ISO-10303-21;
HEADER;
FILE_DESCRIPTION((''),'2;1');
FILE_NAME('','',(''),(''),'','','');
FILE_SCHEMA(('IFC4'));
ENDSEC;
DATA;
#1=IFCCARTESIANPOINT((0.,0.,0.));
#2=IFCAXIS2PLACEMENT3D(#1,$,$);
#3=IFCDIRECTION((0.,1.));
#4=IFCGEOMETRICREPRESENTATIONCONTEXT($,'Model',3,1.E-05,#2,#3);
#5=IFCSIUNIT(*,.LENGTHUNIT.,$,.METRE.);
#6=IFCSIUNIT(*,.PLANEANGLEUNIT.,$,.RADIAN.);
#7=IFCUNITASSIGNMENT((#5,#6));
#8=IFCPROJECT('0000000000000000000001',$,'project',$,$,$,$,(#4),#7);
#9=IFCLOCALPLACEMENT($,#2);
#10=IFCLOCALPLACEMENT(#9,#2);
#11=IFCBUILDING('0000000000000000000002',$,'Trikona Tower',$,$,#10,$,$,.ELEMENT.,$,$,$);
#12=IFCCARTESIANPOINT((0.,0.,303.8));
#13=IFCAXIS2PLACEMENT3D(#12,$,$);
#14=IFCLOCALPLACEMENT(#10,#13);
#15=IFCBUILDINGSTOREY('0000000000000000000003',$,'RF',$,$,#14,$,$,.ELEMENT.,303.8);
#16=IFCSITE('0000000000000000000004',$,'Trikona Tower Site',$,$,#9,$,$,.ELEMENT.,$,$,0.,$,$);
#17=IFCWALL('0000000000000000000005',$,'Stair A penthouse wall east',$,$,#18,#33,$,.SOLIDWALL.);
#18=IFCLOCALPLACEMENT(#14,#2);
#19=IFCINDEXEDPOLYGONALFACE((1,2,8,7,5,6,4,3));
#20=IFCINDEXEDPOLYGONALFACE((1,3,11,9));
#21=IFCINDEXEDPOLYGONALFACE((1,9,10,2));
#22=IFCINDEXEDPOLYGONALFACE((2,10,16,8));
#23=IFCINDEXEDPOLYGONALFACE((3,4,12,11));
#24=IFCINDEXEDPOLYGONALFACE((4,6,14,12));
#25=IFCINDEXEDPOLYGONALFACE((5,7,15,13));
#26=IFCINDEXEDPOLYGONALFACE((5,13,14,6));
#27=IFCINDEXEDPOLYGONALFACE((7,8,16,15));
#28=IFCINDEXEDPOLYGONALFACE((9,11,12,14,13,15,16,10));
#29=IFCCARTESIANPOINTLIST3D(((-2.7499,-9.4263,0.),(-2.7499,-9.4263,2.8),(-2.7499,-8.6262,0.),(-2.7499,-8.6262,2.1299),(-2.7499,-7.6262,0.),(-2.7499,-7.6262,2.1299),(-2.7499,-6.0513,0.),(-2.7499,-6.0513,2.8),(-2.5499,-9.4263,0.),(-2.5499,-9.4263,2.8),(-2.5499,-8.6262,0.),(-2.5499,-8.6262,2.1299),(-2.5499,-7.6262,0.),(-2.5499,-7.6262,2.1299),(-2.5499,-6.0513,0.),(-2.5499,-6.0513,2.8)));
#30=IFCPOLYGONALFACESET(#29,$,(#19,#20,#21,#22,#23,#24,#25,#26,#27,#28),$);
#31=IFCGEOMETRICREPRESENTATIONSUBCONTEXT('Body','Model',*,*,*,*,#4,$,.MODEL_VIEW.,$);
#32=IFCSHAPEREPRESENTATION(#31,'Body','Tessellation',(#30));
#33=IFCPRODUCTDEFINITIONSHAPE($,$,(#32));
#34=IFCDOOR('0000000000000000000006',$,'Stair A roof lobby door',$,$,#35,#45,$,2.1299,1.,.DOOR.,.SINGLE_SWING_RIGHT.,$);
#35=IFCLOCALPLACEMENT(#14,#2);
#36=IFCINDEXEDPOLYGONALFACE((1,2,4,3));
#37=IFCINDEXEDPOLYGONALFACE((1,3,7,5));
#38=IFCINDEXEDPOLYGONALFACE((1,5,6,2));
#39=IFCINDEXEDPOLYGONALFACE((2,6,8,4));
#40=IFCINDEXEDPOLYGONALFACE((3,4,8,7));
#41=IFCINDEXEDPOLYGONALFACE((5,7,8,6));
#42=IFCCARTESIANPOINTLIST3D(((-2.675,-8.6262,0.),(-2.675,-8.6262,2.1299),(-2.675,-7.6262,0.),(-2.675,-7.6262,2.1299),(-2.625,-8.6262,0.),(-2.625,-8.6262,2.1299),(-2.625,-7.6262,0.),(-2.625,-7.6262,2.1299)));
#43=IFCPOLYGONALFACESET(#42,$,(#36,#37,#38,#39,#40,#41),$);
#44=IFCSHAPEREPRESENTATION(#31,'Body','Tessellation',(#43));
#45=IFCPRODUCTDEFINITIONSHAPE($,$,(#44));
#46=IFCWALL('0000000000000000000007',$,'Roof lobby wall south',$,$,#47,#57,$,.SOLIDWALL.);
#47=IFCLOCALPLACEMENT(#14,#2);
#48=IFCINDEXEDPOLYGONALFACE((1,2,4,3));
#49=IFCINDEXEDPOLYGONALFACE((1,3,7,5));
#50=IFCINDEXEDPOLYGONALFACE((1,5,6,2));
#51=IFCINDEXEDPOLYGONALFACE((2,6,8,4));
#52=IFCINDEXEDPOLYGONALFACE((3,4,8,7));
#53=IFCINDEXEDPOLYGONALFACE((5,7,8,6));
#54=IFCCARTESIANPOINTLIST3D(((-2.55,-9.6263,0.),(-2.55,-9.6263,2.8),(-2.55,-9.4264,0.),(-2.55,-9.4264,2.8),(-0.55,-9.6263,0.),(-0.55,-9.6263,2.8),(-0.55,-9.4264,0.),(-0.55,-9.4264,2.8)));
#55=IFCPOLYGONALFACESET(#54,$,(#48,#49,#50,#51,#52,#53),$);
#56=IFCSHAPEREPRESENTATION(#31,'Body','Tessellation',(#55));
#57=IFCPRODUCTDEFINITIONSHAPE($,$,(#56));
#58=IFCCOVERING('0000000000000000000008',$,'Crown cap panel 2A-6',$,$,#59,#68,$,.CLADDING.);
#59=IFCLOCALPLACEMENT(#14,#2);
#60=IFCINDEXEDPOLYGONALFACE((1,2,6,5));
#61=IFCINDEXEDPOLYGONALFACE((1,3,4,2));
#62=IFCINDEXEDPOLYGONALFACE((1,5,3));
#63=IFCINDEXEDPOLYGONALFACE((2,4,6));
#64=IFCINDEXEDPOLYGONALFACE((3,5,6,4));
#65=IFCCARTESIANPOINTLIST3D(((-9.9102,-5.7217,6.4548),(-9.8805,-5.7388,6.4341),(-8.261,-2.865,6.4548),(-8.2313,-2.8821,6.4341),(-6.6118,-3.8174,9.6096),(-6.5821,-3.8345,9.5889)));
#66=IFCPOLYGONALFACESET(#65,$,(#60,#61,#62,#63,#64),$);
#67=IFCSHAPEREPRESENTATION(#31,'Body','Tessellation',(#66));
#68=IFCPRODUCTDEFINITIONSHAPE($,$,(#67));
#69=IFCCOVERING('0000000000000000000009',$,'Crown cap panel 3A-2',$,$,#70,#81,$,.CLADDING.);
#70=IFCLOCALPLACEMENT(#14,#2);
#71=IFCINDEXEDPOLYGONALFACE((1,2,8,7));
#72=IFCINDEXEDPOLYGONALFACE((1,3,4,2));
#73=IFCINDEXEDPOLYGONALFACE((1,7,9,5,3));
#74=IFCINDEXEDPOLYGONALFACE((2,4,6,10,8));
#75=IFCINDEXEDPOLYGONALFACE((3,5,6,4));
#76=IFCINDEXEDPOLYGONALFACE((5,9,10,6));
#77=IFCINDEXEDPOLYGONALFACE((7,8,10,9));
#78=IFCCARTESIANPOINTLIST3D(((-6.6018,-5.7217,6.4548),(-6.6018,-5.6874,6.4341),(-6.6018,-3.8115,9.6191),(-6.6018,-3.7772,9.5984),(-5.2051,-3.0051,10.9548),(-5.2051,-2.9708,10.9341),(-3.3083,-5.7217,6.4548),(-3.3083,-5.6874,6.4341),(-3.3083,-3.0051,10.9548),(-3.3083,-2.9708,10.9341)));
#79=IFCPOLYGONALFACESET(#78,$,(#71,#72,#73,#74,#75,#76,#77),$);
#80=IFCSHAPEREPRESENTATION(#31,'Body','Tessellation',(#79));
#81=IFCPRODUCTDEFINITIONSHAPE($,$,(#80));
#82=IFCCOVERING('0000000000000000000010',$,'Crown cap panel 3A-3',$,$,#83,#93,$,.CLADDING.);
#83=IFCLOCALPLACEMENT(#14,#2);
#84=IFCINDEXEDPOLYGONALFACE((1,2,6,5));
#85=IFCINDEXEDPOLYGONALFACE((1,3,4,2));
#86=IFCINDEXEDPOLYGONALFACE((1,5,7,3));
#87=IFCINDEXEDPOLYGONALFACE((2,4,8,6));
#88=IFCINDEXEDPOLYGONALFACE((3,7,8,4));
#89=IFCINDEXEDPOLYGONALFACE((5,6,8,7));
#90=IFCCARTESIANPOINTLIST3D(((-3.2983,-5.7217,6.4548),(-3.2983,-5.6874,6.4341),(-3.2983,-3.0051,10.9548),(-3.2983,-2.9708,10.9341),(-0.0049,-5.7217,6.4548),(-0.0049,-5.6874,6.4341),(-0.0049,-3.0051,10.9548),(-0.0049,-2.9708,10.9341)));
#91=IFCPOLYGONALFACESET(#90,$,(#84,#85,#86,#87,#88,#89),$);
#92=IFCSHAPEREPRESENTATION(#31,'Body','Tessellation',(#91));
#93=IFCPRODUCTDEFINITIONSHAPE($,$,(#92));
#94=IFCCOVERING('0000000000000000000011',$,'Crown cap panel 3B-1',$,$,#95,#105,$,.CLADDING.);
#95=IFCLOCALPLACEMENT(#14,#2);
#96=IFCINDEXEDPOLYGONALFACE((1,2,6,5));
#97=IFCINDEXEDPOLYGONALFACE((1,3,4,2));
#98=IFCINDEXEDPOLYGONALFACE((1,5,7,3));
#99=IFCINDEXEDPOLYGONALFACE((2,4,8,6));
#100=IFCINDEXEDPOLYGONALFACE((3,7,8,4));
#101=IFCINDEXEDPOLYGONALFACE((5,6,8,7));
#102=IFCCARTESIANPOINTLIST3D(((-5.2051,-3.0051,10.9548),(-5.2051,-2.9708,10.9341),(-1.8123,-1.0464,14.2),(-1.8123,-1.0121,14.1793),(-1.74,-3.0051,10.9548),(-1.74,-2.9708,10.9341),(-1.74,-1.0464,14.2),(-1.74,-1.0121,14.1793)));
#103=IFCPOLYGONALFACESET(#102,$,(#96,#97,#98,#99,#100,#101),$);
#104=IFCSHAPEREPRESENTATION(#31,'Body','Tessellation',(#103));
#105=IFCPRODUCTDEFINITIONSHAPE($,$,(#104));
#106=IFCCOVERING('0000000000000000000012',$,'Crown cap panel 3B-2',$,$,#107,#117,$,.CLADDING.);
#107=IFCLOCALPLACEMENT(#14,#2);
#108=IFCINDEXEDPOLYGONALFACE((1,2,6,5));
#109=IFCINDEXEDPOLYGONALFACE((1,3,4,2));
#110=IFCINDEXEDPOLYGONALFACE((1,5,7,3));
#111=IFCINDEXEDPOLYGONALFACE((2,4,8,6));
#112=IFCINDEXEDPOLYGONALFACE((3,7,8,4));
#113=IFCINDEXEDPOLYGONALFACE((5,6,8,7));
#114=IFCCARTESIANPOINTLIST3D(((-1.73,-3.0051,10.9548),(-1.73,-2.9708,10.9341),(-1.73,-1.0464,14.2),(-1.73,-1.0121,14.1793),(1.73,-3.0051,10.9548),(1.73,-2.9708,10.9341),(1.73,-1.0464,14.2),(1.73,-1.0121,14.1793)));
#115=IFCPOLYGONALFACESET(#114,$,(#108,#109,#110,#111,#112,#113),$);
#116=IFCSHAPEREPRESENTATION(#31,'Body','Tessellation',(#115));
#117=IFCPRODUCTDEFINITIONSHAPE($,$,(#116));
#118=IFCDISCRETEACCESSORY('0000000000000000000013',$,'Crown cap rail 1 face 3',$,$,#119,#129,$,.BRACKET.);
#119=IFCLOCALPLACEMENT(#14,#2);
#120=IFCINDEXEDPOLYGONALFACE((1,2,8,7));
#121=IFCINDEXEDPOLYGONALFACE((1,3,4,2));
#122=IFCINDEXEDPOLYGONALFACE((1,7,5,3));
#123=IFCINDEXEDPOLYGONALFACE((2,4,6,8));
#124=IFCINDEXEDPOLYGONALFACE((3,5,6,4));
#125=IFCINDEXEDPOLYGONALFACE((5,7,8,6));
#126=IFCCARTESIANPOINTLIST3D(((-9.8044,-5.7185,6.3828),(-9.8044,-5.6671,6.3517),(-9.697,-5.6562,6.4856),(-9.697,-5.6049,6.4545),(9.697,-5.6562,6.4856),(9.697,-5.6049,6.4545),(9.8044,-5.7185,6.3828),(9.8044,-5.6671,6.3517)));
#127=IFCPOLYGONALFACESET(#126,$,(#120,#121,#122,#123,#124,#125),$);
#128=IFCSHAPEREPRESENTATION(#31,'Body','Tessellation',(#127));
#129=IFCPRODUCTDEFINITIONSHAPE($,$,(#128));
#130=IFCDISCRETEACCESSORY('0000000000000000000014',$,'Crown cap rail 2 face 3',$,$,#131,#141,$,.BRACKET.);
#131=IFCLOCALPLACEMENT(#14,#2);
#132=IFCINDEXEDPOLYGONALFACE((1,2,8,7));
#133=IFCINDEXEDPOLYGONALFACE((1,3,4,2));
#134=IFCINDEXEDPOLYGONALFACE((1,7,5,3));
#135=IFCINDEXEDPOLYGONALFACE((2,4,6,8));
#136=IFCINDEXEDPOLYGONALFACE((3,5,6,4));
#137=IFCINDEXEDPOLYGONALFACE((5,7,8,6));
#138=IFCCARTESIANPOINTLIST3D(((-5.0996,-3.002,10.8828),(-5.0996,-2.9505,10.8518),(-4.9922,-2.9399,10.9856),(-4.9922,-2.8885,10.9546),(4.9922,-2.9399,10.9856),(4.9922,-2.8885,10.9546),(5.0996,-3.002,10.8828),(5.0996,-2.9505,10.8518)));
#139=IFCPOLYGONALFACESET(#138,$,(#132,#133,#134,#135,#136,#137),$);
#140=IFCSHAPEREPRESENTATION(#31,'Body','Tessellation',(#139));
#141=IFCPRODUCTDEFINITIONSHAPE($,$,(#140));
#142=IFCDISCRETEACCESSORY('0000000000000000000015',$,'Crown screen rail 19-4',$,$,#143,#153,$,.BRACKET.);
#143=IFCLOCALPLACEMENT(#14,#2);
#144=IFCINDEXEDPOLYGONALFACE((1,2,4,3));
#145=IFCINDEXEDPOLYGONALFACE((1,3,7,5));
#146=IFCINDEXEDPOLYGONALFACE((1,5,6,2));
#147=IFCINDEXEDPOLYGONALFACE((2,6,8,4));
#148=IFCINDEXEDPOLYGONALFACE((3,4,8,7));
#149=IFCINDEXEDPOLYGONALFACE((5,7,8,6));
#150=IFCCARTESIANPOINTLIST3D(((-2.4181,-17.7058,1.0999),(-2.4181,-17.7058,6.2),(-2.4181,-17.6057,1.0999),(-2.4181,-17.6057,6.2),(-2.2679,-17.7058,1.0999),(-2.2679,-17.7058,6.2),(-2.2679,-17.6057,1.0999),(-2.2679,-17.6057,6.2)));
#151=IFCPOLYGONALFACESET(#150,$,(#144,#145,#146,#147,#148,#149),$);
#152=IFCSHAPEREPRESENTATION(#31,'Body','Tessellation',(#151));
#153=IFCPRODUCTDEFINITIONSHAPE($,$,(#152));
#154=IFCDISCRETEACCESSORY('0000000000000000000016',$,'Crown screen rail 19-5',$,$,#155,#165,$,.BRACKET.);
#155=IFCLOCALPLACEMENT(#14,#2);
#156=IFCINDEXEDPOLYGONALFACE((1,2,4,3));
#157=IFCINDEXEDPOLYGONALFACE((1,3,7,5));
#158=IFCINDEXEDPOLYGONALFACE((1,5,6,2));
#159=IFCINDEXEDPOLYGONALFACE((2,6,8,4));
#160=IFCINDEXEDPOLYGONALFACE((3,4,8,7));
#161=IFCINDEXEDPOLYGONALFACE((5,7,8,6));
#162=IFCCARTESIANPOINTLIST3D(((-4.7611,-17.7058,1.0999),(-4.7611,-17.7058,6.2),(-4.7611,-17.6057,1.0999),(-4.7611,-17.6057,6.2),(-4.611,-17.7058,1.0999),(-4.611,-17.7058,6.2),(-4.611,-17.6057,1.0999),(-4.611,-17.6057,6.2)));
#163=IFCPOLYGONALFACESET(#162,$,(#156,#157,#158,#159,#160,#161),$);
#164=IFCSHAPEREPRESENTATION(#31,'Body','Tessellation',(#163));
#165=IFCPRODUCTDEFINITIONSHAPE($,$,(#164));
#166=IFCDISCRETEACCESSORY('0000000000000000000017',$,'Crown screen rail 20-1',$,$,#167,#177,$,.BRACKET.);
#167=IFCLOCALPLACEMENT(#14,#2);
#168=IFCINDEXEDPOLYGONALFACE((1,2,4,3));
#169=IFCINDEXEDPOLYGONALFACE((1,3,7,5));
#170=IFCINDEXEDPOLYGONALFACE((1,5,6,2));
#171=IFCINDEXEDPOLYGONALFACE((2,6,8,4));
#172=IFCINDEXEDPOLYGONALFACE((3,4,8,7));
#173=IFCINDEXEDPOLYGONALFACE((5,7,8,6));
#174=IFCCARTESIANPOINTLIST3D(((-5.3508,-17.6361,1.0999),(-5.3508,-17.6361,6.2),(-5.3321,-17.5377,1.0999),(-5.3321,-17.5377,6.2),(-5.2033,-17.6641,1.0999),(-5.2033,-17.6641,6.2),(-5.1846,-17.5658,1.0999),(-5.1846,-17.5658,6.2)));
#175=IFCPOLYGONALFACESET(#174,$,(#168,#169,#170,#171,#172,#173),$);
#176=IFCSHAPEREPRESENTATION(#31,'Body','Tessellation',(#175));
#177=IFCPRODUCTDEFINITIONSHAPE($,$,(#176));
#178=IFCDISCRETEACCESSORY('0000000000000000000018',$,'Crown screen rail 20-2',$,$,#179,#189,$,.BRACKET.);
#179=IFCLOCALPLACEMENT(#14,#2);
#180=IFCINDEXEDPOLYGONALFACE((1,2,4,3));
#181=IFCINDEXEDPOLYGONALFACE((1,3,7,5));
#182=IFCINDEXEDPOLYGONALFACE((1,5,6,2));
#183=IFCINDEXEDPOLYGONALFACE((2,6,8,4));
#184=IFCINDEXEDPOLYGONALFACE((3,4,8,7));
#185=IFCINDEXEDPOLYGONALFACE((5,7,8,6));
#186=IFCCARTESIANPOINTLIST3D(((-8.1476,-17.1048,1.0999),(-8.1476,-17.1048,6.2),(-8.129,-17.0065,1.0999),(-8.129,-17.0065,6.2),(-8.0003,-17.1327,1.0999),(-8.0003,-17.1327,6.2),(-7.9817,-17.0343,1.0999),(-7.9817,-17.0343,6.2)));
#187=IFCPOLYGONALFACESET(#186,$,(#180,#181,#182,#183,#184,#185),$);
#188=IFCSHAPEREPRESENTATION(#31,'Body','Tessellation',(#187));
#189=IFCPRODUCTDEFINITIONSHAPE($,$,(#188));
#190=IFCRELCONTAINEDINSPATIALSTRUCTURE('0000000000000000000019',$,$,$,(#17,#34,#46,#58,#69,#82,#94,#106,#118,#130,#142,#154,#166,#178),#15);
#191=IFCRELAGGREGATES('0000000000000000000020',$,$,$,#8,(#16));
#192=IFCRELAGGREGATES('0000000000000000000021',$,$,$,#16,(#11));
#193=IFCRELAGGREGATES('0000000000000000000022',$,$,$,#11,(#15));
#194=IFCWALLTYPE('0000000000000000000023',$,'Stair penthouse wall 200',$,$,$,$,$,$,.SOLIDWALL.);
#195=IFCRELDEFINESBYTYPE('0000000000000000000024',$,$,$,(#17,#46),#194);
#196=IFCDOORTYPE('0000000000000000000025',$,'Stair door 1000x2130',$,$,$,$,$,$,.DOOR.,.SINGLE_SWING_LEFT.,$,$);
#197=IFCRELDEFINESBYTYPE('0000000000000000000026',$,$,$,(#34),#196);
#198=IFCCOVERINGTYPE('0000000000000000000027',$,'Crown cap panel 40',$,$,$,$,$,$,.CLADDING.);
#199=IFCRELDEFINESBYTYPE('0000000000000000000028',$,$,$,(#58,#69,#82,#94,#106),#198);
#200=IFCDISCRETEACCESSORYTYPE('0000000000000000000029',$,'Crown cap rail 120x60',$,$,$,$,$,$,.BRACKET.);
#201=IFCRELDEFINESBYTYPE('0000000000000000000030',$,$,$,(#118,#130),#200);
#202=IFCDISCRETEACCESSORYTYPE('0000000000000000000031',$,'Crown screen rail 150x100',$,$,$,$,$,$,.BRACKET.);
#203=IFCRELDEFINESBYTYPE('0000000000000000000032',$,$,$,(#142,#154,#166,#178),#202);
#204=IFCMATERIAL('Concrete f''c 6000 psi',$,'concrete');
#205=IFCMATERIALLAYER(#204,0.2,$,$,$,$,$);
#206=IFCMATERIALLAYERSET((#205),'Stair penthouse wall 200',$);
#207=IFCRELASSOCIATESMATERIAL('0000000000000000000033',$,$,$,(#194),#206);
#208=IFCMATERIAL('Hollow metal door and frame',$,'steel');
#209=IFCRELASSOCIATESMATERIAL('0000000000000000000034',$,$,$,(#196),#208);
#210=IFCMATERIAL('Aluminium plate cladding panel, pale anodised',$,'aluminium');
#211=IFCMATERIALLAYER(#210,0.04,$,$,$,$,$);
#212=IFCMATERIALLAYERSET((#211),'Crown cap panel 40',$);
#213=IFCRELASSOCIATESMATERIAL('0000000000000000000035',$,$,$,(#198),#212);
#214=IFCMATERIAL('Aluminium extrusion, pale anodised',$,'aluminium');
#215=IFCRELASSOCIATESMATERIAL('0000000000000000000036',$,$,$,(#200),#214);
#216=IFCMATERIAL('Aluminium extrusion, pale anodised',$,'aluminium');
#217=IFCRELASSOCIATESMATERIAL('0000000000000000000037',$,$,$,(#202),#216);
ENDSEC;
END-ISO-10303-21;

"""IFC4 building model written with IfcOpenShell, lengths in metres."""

from ifc_helpers import new_model, si_unit, direction, frame, frame_2d, origin, place, context, subcontext, project, spatial, polyline, rectangle, outline, extrude, material, layer, layer_set, type_object, element, fill, save


model = new_model("IFC4")

# Units and contexts
model_context = context("Model", 3, precision=1e-05, world=origin(), true_north=direction((0.0, 1.0)))
body_context = subcontext(model_context, "Body", "Model", "MODEL_VIEW")
ifc_project = project(units=[si_unit("LENGTHUNIT", "METRE"), si_unit("PLANEANGLEUNIT", "RADIAN")], contexts=[model_context])

# Site, building, storey
site_placement = place(None, origin())
site = spatial("IfcSite", under=ifc_project, at=site_placement, Name="Trikona Tower Site", CompositionType="ELEMENT", RefElevation=0.0)
building_placement = place(site_placement, origin())
building = spatial("IfcBuilding", under=site, at=building_placement, Name="Trikona Tower", CompositionType="ELEMENT")
storey_placement = place(building_placement, frame((0.0, 0.0, 303.8)))
storey = spatial("IfcBuildingStorey", under=building, at=storey_placement, Name="RF", CompositionType="ELEMENT", Elevation=303.8)

# Shared definitions
ifc_material_1 = material(Name="Concrete f'c 6000 psi", Category="concrete")
ifc_layer_1 = layer(ifc_material_1, 0.2)
ifc_layer_set_1 = layer_set([ifc_layer_1], Name="Stair penthouse wall 200")
wall_type_1 = type_object("IfcWallType", Name="Stair penthouse wall 200", PredefinedType="SOLIDWALL", material=ifc_layer_set_1)

# Wall, opening, door
wall_1_placement = place(storey_placement, frame((-2.6499, -6.0513, 0.0), z_axis=(0.0, 0.0, 1.0), x_axis=(0.0, -1.0, 0.0)))
wall_1 = element("IfcWall", 1, at=wall_1_placement, inside=storey, type_object=wall_type_1, Name="Stair A penthouse wall east", PredefinedType="SOLIDWALL", context=body_context, shape_type="SweptSolid", body=[
    extrude(rectangle(XDim=3.375, YDim=0.2, at=frame_2d((1.6875, 0.0))), origin(), (0.0, 0.0, 1.0), 2.8),
])
opening_1_placement = place(wall_1_placement, frame((1.575, 0.0, 0.0)))
opening_1 = element("IfcOpeningElement", 2, at=opening_1_placement, cuts=wall_1, PredefinedType="OPENING", context=body_context, shape_type="SweptSolid", body=[
    extrude(rectangle(XDim=1.0, YDim=2.1299, at=frame_2d((0.5, 1.0649))), frame((0.0, 0.1099, 0.0), z_axis=(0.0, -1.0, 0.0), x_axis=(1.0, 0.0, 0.0)), (0.0, 0.0, 1.0), 0.22),
])
ifc_material_2 = material(Name="Hollow metal door and frame", Category="steel")
door_type_1 = type_object("IfcDoorType", Name="Stair door 1000x2130", OperationType="SINGLE_SWING_LEFT", PredefinedType="DOOR", material=ifc_material_2)
door_1_placement = place(opening_1_placement, origin())
door_1 = element("IfcDoor", 3, at=door_1_placement, inside=storey, type_object=door_type_1, Name="Stair A roof lobby door", OperationType="SINGLE_SWING_RIGHT", OverallHeight=2.1299, OverallWidth=1.0, PredefinedType="DOOR", context=body_context, shape_type="SweptSolid", body=[
    extrude(rectangle(XDim=1.0, YDim=2.1299, at=frame_2d((0.5, 1.0649))), frame((0.0, 0.0249, 0.0), z_axis=(0.0, -1.0, 0.0), x_axis=(1.0, 0.0, 0.0)), (0.0, 0.0, 1.0), 0.05),
])
fill(opening_1, door_1)

# Wall
wall_2_placement = place(storey_placement, frame((-2.55, -9.5264, 0.0), z_axis=(0.0, 0.0, 1.0), x_axis=(1.0, 0.0, 0.0)))
element("IfcWall", 4, at=wall_2_placement, inside=storey, type_object=wall_type_1, Name="Roof lobby wall south", PredefinedType="SOLIDWALL", context=body_context, shape_type="SweptSolid", body=[
    extrude(rectangle(XDim=2.0, YDim=0.2, at=frame_2d((1.0, 0.0))), origin(), (0.0, 0.0, 1.0), 2.8),
])

# Coverings
ifc_material_3 = material(Name="Aluminium plate cladding panel, pale anodised", Category="aluminium")
ifc_layer_2 = layer(ifc_material_3, 0.04)
ifc_layer_set_2 = layer_set([ifc_layer_2], Name="Crown cap panel 40")
covering_type = type_object("IfcCoveringType", Name="Crown cap panel 40", PredefinedType="CLADDING", material=ifc_layer_set_2)
covering_1_placement = place(storey_placement, frame((-8.261, -2.865, 6.4548), z_axis=(-0.741426, 0.428026, 0.516798), x_axis=(-0.499968, -0.866044, 0.0)))
element("IfcCovering", 5, at=covering_1_placement, inside=storey, type_object=covering_type, Name="Crown cap panel 2A-6", PredefinedType="CLADDING", context=body_context, shape_type="SweptSolid", body=[
    extrude(outline(polyline([(0.0, 0.0), (3.2986, 0.0), (0.0003, 3.685), (0.0, 0.0)])), origin(), (0.0, 0.0, -1.0), 0.04),
])
covering_2_placement = place(storey_placement, frame((-6.6018, -5.7217, 6.4548), z_axis=(0.000009, -0.856102, 0.516807), x_axis=(1.0, 0.000008, -0.000005)))
element("IfcCovering", 6, at=covering_2_placement, inside=storey, type_object=covering_type, Name="Crown cap panel 3A-2", PredefinedType="CLADDING", context=body_context, shape_type="SweptSolid", body=[
    extrude(outline(polyline([(0.0, 0.0), (3.2935, 0.0), (3.2935, 5.2564), (1.3967, 5.2564), (0.0, 3.6962), (0.0, 0.0)])), origin(), (0.0, 0.0, -1.0), 0.04),
])
covering_3_placement = place(storey_placement, frame((-3.2983, -5.7217, 6.4548), z_axis=(0.0, -0.856101, 0.516809), x_axis=(1.0, 0.0, 0.0)))
element("IfcCovering", 7, at=covering_3_placement, inside=storey, type_object=covering_type, Name="Crown cap panel 3A-3", PredefinedType="CLADDING", context=body_context, shape_type="SweptSolid", body=[
    extrude(outline(polyline([(0.0, 0.0), (3.2935, 0.0), (3.2935, 5.2564), (0.0, 5.2564), (0.0, 0.0)])), origin(), (0.0, 0.0, -1.0), 0.04),
])
covering_4_placement = place(storey_placement, frame((-5.2051, -3.0051, 10.9548), z_axis=(0.0, -0.856132, 0.516758), x_axis=(1.0, 0.0, 0.0)))
element("IfcCovering", 8, at=covering_4_placement, inside=storey, type_object=covering_type, Name="Crown cap panel 3B-1", PredefinedType="CLADDING", context=body_context, shape_type="SweptSolid", body=[
    extrude(outline(polyline([(0.0, 0.0), (3.4651, 0.0), (3.4651, 3.7904), (3.3928, 3.7904), (0.0, 0.0)])), origin(), (0.0, 0.0, -1.0), 0.04),
])
covering_5_placement = place(storey_placement, frame((-1.73, -3.0051, 10.9548), z_axis=(0.0, -0.856132, 0.516758), x_axis=(1.0, 0.0, 0.0)))
element("IfcCovering", 9, at=covering_5_placement, inside=storey, type_object=covering_type, Name="Crown cap panel 3B-2", PredefinedType="CLADDING", context=body_context, shape_type="SweptSolid", body=[
    extrude(outline(polyline([(0.0, 0.0), (3.46, 0.0), (3.46, 3.7904), (0.0, 3.7904), (0.0, 0.0)])), origin(), (0.0, 0.0, -1.0), 0.04),
])

# Discrete accessories
ifc_material_4 = material(Name="Aluminium extrusion, pale anodised", Category="aluminium")
discrete_accessory_type_1 = type_object("IfcDiscreteAccessoryType", Name="Crown cap rail 120x60", PredefinedType="BRACKET", material=ifc_material_4)
discrete_accessory_1_placement = place(storey_placement, frame((-9.8044, -5.7185, 6.3828), z_axis=(0.0, -0.855334, 0.518077), x_axis=(1.0, 0.0, 0.0)))
element("IfcDiscreteAccessory", 10, at=discrete_accessory_1_placement, inside=storey, type_object=discrete_accessory_type_1, Name="Crown cap rail 1 face 3", PredefinedType="BRACKET", context=body_context, shape_type="SweptSolid", body=[
    extrude(outline(polyline([(0.0, 0.0), (19.6089, 0.0), (19.5015, 0.1202), (0.1074, 0.1202), (0.0, 0.0)])), origin(), (0.0, 0.0, -1.0), 0.0601),
])
discrete_accessory_2_placement = place(storey_placement, frame((-5.0996, -3.002, 10.8828), z_axis=(0.0, -0.856234, 0.516588), x_axis=(1.0, 0.0, 0.0)))
element("IfcDiscreteAccessory", 11, at=discrete_accessory_2_placement, inside=storey, type_object=discrete_accessory_type_1, Name="Crown cap rail 2 face 3", PredefinedType="BRACKET", context=body_context, shape_type="SweptSolid", body=[
    extrude(outline(polyline([(0.0, 0.0), (10.1992, 0.0), (10.0918, 0.12), (0.1074, 0.12), (0.0, 0.0)])), origin(), (0.0, 0.0, -1.0), 0.0601),
])
ifc_material_5 = material(Name="Aluminium extrusion, pale anodised", Category="aluminium")
discrete_accessory_type_2 = type_object("IfcDiscreteAccessoryType", Name="Crown screen rail 150x100", PredefinedType="BRACKET", material=ifc_material_5)
for number, where, z_axis, x_axis, name in (
    (12, (-2.2678, -17.6558, 1.0999), (0.0, 0.0, 1.0), (-1.0, 0.0, 0.0), "Crown screen rail 19-4"),
    (13, (-4.6108, -17.6558, 1.0999), (0.0, 0.0, 1.0), (-1.0, 0.0, 0.0), "Crown screen rail 19-5"),
    (14, (-5.1938, -17.615, 1.0999), (0.0, 0.0, 1.0), (-0.982353, 0.187037, 0.0), "Crown screen rail 20-1"),
):
    element("IfcDiscreteAccessory", number, at=place(storey_placement, frame(where, z_axis=z_axis, x_axis=x_axis)), inside=storey, type_object=discrete_accessory_type_2, Name=name, PredefinedType="BRACKET", context=body_context, shape_type="SweptSolid", body=[
        extrude(rectangle(XDim=0.1501, YDim=0.1001, at=frame_2d((0.0752, 0.0))), origin(), (0.0, 0.0, 1.0), 5.1001),
    ])
discrete_accessory_3_placement = place(storey_placement, frame((-7.991, -17.0835, 1.0999), z_axis=(0.0, 0.0, 1.0), x_axis=(-0.982594, 0.185764, 0.0)))
element("IfcDiscreteAccessory", 15, at=discrete_accessory_3_placement, inside=storey, type_object=discrete_accessory_type_2, Name="Crown screen rail 20-2", PredefinedType="BRACKET", context=body_context, shape_type="SweptSolid", body=[
    extrude(rectangle(XDim=0.1499, YDim=0.1001, at=frame_2d((0.075, 0.0))), origin(), (0.0, 0.0, 1.0), 5.1001),
])

save(model, "model.ifc")
